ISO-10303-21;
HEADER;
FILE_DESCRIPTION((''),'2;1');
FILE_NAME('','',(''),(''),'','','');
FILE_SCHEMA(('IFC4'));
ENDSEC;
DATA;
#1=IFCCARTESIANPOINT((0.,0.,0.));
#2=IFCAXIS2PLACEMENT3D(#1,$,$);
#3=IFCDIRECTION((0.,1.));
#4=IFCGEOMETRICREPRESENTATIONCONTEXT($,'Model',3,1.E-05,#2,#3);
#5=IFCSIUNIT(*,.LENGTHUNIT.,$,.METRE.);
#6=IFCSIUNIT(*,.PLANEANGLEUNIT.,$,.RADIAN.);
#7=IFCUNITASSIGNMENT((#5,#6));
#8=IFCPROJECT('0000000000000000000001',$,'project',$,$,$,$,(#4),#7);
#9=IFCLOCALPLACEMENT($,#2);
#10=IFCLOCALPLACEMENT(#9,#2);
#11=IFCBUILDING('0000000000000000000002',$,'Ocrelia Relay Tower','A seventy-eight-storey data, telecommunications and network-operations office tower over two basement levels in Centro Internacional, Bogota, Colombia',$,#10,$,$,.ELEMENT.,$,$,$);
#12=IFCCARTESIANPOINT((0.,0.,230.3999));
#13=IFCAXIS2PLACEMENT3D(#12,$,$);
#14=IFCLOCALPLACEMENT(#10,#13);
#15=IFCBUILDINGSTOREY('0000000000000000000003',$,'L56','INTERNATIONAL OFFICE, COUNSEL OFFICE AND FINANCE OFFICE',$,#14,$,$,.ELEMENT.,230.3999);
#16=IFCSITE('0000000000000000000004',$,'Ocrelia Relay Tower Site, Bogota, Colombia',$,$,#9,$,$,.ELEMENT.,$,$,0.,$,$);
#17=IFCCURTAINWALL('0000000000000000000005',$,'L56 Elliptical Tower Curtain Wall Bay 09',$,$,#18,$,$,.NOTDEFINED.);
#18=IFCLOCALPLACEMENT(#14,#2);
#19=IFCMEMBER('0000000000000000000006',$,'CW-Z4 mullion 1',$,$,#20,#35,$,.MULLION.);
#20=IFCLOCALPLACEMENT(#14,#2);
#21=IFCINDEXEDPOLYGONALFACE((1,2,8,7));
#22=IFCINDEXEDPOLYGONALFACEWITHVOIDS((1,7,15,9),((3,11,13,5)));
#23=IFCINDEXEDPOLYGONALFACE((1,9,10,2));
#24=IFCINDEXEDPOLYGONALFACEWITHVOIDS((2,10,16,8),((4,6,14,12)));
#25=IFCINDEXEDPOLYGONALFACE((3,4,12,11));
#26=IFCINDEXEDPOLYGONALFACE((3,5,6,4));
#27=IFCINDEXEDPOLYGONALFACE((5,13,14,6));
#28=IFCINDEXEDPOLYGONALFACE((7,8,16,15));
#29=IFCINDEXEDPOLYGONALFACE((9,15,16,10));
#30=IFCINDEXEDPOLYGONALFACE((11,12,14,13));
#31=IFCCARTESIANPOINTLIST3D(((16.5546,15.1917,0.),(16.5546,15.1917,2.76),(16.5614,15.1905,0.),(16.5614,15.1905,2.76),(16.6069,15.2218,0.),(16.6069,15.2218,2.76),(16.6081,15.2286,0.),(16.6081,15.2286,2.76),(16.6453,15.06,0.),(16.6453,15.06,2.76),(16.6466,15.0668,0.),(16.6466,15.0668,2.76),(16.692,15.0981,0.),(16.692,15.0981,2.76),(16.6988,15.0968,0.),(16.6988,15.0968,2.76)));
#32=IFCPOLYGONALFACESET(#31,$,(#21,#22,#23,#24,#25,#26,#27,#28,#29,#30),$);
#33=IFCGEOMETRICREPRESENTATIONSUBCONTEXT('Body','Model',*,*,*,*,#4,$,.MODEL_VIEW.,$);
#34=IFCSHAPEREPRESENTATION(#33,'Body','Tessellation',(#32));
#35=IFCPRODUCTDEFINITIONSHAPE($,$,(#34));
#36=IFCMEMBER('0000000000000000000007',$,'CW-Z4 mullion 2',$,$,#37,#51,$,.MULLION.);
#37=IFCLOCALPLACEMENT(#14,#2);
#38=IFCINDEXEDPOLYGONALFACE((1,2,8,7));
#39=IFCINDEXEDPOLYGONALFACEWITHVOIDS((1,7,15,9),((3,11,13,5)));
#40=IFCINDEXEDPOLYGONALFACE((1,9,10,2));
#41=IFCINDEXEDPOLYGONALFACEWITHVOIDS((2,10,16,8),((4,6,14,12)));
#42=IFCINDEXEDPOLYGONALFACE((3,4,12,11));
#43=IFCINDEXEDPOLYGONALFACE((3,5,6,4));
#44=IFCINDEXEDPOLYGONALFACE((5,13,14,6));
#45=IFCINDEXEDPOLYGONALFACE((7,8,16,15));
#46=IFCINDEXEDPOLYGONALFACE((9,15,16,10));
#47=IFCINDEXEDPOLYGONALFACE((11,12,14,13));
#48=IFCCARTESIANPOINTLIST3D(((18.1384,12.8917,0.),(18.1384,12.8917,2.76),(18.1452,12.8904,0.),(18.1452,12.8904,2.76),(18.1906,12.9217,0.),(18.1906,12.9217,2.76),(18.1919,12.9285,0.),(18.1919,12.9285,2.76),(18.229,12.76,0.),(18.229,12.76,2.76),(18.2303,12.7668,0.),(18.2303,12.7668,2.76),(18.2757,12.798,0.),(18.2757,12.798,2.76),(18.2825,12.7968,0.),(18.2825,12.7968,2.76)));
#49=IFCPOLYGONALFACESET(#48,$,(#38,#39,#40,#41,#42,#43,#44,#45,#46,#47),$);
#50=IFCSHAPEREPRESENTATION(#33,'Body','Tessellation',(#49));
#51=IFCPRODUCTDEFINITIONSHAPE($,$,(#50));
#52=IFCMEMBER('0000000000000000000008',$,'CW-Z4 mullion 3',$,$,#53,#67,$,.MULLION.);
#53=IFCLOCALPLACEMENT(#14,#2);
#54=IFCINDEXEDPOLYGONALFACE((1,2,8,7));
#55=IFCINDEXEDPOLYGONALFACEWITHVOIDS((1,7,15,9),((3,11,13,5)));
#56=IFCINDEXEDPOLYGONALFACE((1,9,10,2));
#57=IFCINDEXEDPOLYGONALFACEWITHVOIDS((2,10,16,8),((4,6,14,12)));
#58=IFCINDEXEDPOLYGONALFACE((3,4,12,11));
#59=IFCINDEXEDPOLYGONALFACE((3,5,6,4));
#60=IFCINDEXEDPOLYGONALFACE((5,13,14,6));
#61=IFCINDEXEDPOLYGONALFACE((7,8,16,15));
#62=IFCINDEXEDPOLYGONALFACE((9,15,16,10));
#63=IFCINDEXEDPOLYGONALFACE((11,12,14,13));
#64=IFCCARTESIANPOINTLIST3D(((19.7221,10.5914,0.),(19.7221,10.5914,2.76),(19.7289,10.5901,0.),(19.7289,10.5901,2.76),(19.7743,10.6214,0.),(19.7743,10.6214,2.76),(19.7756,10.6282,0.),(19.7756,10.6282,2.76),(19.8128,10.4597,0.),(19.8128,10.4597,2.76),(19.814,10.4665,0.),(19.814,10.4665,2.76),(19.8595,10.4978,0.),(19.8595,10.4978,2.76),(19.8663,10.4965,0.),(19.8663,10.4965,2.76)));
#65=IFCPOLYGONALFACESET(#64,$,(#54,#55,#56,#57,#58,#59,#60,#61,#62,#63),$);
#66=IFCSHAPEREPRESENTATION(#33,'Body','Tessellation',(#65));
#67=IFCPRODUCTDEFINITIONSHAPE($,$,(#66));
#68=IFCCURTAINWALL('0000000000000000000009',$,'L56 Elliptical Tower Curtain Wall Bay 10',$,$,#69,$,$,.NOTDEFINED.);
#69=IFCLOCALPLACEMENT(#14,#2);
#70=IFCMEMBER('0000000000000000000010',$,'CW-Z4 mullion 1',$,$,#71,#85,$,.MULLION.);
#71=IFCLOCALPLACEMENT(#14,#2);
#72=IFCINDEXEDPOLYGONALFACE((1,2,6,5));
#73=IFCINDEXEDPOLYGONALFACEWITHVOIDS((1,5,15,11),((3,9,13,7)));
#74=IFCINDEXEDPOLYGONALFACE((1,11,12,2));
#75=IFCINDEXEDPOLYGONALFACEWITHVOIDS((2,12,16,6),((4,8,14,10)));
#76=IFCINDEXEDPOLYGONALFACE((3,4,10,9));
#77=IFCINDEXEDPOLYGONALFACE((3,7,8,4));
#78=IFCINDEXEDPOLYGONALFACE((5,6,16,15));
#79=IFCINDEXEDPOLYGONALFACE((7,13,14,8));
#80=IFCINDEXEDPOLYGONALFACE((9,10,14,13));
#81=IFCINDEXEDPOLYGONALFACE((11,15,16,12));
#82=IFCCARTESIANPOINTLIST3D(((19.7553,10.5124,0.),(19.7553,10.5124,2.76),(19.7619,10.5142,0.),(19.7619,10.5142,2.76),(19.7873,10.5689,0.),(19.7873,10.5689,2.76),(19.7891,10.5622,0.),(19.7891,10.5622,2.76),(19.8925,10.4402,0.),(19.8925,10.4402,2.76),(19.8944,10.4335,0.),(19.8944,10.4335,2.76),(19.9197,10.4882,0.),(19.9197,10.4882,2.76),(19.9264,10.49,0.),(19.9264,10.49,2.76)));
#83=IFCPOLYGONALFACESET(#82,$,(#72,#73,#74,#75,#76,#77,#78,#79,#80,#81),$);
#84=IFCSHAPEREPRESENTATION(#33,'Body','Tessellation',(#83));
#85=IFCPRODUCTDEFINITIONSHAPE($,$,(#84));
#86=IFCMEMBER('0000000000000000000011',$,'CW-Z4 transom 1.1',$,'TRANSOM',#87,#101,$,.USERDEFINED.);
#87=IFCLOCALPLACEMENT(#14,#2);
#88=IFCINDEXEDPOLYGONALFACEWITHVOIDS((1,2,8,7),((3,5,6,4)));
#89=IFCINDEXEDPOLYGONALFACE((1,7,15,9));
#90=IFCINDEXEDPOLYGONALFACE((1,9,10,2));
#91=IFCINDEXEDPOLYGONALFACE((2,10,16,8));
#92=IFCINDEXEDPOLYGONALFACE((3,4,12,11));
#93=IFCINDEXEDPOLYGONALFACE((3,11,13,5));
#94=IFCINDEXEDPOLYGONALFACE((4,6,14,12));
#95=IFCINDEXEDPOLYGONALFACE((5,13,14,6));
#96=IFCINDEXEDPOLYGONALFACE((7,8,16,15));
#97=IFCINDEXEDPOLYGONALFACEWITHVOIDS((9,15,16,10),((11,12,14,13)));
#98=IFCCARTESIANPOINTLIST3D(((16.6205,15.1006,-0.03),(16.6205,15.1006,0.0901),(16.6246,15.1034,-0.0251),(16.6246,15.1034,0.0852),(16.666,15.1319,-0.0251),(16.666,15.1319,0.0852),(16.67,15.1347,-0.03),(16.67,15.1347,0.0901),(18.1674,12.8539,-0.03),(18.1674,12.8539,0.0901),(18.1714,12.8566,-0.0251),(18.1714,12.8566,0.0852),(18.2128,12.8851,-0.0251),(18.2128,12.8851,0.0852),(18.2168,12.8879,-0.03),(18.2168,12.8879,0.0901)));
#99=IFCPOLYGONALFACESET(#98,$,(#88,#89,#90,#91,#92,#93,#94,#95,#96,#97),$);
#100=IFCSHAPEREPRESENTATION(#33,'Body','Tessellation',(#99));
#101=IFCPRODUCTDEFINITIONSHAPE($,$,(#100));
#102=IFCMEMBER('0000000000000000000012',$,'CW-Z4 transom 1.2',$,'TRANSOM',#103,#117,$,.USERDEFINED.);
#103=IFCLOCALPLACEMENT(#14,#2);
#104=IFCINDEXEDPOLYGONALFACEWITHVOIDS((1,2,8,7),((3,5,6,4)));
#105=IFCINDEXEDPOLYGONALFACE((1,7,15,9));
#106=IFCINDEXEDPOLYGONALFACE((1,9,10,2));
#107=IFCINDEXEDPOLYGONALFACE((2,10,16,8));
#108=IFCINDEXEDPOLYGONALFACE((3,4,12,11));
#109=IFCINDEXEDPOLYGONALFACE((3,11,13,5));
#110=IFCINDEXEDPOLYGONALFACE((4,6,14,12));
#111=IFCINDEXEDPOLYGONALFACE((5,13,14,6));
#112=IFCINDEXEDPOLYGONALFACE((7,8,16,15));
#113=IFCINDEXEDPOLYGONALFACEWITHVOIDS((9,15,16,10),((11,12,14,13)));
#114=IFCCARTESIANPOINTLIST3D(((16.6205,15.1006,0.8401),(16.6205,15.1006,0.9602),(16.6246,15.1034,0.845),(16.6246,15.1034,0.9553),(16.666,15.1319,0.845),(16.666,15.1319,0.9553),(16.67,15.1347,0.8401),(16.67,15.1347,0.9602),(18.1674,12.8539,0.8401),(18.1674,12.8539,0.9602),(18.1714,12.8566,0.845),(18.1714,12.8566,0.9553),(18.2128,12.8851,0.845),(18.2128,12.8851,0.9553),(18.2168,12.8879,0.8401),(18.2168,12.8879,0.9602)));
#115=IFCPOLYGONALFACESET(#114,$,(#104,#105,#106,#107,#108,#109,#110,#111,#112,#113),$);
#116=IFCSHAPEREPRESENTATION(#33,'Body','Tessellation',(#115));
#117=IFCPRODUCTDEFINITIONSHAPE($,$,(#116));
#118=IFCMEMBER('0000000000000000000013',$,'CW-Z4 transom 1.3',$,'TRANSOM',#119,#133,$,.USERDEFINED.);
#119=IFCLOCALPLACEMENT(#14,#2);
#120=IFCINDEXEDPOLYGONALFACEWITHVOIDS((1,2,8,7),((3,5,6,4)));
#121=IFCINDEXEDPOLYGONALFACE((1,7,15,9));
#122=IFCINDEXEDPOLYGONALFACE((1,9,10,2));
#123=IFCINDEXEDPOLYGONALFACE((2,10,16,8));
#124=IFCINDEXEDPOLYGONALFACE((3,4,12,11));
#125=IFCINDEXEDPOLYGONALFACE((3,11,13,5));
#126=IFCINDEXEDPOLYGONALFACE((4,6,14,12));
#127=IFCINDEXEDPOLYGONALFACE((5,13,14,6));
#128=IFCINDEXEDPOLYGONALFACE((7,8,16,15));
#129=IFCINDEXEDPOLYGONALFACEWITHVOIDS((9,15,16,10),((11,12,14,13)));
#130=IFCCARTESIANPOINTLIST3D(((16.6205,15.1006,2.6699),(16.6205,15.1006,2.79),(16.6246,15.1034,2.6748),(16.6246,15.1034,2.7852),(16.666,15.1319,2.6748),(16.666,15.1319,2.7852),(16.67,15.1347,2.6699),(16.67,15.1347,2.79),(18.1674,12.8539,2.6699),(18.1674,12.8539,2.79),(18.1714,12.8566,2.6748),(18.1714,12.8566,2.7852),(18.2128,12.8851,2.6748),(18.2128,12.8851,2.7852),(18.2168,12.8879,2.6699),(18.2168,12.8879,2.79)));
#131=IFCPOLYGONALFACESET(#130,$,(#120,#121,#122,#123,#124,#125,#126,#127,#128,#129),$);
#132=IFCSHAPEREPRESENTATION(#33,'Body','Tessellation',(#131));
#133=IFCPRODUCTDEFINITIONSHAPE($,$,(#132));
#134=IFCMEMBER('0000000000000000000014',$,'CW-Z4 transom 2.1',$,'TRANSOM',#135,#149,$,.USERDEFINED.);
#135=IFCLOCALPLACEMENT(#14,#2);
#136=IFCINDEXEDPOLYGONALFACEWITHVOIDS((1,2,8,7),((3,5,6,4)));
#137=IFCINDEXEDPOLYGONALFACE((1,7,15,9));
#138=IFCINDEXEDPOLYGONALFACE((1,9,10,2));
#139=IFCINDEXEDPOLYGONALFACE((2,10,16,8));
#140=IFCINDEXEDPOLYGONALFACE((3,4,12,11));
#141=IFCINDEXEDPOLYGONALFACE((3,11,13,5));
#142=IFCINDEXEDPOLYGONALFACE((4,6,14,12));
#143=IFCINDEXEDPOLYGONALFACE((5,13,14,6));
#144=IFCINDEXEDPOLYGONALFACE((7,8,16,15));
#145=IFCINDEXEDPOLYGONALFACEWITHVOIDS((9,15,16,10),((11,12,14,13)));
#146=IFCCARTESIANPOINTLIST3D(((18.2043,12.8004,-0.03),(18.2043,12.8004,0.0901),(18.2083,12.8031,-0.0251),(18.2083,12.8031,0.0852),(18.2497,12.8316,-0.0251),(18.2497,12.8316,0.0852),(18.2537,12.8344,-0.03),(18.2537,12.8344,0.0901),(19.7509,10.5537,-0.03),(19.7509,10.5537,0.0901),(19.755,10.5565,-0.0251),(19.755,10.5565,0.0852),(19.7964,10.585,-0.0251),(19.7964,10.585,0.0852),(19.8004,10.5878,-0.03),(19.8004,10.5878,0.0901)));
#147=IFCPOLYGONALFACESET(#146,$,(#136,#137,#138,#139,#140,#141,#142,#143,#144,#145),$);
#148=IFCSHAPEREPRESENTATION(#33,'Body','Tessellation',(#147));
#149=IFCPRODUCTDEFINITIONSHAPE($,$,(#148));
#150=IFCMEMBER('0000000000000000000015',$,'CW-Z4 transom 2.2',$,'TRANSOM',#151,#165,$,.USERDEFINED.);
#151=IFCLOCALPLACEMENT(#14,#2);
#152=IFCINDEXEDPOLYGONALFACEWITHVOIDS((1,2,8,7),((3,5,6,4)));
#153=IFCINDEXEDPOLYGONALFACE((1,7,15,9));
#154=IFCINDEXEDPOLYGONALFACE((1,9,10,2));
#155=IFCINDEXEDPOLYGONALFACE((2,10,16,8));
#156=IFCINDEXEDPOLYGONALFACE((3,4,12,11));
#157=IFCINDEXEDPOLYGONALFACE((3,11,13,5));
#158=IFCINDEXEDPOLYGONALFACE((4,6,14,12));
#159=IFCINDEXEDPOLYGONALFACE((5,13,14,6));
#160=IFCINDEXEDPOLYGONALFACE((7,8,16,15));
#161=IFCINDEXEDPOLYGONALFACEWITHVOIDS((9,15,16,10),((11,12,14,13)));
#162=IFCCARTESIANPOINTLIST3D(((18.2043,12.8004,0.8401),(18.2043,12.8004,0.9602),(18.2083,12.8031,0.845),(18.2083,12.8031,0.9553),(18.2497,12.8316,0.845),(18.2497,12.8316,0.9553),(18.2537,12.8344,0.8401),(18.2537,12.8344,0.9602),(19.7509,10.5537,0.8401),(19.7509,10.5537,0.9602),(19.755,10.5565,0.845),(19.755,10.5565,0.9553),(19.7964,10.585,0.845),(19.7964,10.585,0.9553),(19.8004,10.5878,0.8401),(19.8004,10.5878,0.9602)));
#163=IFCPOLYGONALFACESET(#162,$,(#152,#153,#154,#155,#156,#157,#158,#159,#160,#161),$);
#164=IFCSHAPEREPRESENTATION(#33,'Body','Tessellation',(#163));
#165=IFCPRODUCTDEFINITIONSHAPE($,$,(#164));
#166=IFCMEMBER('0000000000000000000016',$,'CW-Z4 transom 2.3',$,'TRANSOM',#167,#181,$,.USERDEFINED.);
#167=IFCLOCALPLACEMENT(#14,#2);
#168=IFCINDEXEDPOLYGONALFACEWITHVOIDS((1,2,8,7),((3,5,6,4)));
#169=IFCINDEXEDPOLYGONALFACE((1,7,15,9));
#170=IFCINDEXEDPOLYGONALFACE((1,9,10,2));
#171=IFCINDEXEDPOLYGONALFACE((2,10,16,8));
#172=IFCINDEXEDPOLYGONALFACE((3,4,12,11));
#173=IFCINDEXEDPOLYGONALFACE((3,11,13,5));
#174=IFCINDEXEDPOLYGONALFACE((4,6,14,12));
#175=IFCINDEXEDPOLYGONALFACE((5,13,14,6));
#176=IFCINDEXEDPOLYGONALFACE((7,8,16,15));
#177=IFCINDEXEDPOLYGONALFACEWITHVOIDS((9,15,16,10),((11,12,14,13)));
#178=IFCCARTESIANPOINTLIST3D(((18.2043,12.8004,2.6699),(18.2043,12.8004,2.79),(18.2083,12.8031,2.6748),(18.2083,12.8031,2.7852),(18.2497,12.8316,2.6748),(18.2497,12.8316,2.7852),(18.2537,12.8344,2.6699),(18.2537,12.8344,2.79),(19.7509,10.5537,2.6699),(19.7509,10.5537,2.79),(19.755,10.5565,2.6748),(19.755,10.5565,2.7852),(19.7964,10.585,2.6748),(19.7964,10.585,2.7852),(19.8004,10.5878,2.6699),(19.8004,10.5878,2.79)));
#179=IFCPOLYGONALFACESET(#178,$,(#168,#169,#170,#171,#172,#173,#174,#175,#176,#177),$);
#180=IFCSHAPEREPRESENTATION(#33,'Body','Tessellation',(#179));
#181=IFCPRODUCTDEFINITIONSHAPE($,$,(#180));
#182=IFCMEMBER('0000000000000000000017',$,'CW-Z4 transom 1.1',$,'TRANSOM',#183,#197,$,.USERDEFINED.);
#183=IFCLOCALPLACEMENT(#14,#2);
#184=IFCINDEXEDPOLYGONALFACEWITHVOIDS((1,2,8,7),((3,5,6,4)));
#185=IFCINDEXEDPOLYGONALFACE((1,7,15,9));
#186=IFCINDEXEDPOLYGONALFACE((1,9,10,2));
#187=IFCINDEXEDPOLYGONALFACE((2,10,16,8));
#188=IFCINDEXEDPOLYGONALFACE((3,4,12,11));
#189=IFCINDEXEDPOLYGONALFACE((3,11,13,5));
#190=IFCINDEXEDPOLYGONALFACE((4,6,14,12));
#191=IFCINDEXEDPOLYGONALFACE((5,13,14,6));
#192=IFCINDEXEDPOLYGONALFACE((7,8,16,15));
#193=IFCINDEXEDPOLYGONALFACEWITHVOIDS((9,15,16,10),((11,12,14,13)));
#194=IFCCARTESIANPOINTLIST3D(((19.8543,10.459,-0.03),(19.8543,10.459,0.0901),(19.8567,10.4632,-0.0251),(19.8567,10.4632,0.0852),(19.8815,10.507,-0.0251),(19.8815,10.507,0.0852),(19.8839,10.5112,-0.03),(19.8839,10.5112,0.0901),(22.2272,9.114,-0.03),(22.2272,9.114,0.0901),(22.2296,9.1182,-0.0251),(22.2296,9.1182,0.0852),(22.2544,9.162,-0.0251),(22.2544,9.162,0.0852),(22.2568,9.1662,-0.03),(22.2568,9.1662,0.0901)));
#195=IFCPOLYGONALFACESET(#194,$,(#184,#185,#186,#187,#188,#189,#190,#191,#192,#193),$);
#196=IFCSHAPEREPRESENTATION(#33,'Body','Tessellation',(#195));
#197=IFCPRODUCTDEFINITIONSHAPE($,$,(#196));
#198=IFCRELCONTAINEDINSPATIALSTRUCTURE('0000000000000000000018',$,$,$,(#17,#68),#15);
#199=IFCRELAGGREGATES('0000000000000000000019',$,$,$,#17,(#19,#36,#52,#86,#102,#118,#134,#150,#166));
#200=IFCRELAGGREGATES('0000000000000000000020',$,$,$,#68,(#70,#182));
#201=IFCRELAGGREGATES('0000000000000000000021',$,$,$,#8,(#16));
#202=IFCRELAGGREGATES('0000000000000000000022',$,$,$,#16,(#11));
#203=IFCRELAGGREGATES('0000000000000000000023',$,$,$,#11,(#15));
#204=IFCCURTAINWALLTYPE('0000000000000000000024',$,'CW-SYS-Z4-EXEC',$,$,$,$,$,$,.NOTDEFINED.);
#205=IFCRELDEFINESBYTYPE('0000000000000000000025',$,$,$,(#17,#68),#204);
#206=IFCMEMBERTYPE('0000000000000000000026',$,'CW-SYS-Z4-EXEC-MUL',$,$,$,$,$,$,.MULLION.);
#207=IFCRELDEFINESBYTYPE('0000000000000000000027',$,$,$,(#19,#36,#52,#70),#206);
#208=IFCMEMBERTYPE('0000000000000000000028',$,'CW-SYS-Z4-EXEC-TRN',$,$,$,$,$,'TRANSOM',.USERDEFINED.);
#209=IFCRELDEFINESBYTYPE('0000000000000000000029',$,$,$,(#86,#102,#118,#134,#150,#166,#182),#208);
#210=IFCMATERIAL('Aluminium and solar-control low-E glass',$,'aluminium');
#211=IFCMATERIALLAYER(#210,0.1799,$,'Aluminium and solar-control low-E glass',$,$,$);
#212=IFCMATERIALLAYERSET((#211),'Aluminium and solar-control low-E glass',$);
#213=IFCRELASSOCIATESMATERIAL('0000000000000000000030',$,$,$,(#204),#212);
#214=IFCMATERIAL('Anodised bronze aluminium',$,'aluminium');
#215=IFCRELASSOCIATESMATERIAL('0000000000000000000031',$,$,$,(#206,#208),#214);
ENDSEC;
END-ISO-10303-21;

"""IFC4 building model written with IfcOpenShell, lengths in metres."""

from ifc_helpers import new_model, si_unit, direction, frame, origin, origin_2d, place, context, subcontext, project, spatial, hollow_rectangle, extrude, material, layer, layer_set, material_profile, profile_set, type_object, element, aggregate, save


model = new_model("IFC4")

# Units and contexts
model_context = context("Model", 3, precision=1e-05, world=origin(), true_north=direction((0.0, 1.0)))
body_context = subcontext(model_context, "Body", "Model", "MODEL_VIEW")
ifc_project = project(units=[si_unit("LENGTHUNIT", "METRE"), si_unit("PLANEANGLEUNIT", "RADIAN")], contexts=[model_context])

# Site, building, storey
site_placement = place(None, origin())
site = spatial("IfcSite", under=ifc_project, at=site_placement, Name="Ocrelia Relay Tower Site, Bogota, Colombia", CompositionType="ELEMENT", RefElevation=0.0)
building_placement = place(site_placement, origin())
building = spatial("IfcBuilding", under=site, at=building_placement, Name="Ocrelia Relay Tower", Description="A seventy-eight-storey data, telecommunications and network-operations office tower over two basement levels in Centro Internacional, Bogota, Colombia", CompositionType="ELEMENT")
storey_placement = place(building_placement, frame((0.0, 0.0, 230.3999)))
storey = spatial("IfcBuildingStorey", under=building, at=storey_placement, Name="L56", Description="INTERNATIONAL OFFICE, COUNSEL OFFICE AND FINANCE OFFICE", CompositionType="ELEMENT", Elevation=230.3999)

# Curtain wall, members
ifc_material_1 = material(Name="Aluminium and solar-control low-E glass", Category="aluminium")
ifc_layer_1 = layer(ifc_material_1, 0.1799, Name="Aluminium and solar-control low-E glass")
ifc_layer_set_1 = layer_set([ifc_layer_1], Name="Aluminium and solar-control low-E glass")
curtain_wall_type = type_object("IfcCurtainWallType", Name="CW-SYS-Z4-EXEC", PredefinedType="NOTDEFINED", material=ifc_layer_set_1)
curtain_wall_1_placement = place(storey_placement, origin())
curtain_wall_1 = element("IfcCurtainWall", 1, at=curtain_wall_1_placement, inside=storey, type_object=curtain_wall_type, Name="L56 Elliptical Tower Curtain Wall Bay 09", PredefinedType="NOTDEFINED")
ifc_material_2 = material(Name="Anodised bronze aluminium", Category="aluminium")
ifc_material_profile_1 = material_profile(ifc_material_2, hollow_rectangle(XDim=0.0649, YDim=0.1599, WallThickness=0.0049, at=origin_2d()), Name="CW-MUL-160x65")
ifc_profile_set_1 = profile_set([ifc_material_profile_1], Name="Anodised bronze aluminium")
member_type_1 = type_object("IfcMemberType", Name="CW-SYS-Z4-EXEC-MUL", PredefinedType="MULLION", material=ifc_profile_set_1)
member_1_placement = place(storey_placement, frame((16.6267, 15.1443, 0.0), z_axis=(0.0, 0.0, 1.0), x_axis=(0.823658, 0.567087, 0.0)))
member_1 = element("IfcMember", 2, at=member_1_placement, type_object=member_type_1, Name="CW-Z4 mullion 1", PredefinedType="MULLION", context=body_context, shape_type="SweptSolid", body=[
    extrude(hollow_rectangle(XDim=0.0649, YDim=0.1599, WallThickness=0.0049, at=origin_2d()), origin(), (0.0, 0.0, 1.0), 2.76),
])
member_2_placement = place(storey_placement, frame((18.2104, 12.8442, 0.0), z_axis=(0.0, 0.0, 1.0), x_axis=(0.823658, 0.567087, 0.0)))
member_2 = element("IfcMember", 3, at=member_2_placement, type_object=member_type_1, Name="CW-Z4 mullion 2", PredefinedType="MULLION", context=body_context, shape_type="SweptSolid", body=[
    extrude(hollow_rectangle(XDim=0.0649, YDim=0.1599, WallThickness=0.0049, at=origin_2d()), origin(), (0.0, 0.0, 1.0), 2.76),
])
member_3_placement = place(storey_placement, frame((19.7942, 10.5439, 0.0), z_axis=(0.0, 0.0, 1.0), x_axis=(0.823658, 0.567087, 0.0)))
member_3 = element("IfcMember", 4, at=member_3_placement, type_object=member_type_1, Name="CW-Z4 mullion 3", PredefinedType="MULLION", context=body_context, shape_type="SweptSolid", body=[
    extrude(hollow_rectangle(XDim=0.0649, YDim=0.1599, WallThickness=0.0049, at=origin_2d()), origin(), (0.0, 0.0, 1.0), 2.76),
])

# Curtain wall, member
curtain_wall_2_placement = place(storey_placement, origin())
curtain_wall_2 = element("IfcCurtainWall", 5, at=curtain_wall_2_placement, inside=storey, type_object=curtain_wall_type, Name="L56 Elliptical Tower Curtain Wall Bay 10", PredefinedType="NOTDEFINED")
member_4_placement = place(storey_placement, frame((19.8408, 10.5012, 0.0), z_axis=(0.0, 0.0, 1.0), x_axis=(0.493147, 0.869946, 0.0)))
member_4 = element("IfcMember", 6, at=member_4_placement, type_object=member_type_1, Name="CW-Z4 mullion 1", PredefinedType="MULLION", context=body_context, shape_type="SweptSolid", body=[
    extrude(hollow_rectangle(XDim=0.0649, YDim=0.1599, WallThickness=0.0049, at=origin_2d()), origin(), (0.0, 0.0, 1.0), 2.76),
])

# Members
ifc_material_profile_2 = material_profile(ifc_material_2, hollow_rectangle(XDim=0.0601, YDim=0.1201, WallThickness=0.0049, at=origin_2d()), Name="CW-TRN-120x60")
ifc_profile_set_2 = profile_set([ifc_material_profile_2], Name="Anodised bronze aluminium")
member_type_2 = type_object("IfcMemberType", Name="CW-SYS-Z4-EXEC-TRN", ElementType="TRANSOM", PredefinedType="USERDEFINED", material=ifc_profile_set_2)
member_5_placement = place(storey_placement, frame((16.6453, 15.1177, 0.03), z_axis=(0.567072, -0.823668, 0.0), x_axis=(0.823668, 0.567072, 0.0)))
member_5 = element("IfcMember", 7, at=member_5_placement, type_object=member_type_2, Name="CW-Z4 transom 1.1", ObjectType="TRANSOM", PredefinedType="USERDEFINED", context=body_context, shape_type="SweptSolid", body=[
    extrude(hollow_rectangle(XDim=0.0601, YDim=0.1201, WallThickness=0.0049, at=origin_2d()), origin(), (0.0, 0.0, 1.0), 2.7278),
])
member_6_placement = place(storey_placement, frame((16.6453, 15.1177, 0.9001), z_axis=(0.567072, -0.823668, 0.0), x_axis=(0.823668, 0.567072, 0.0)))
member_6 = element("IfcMember", 8, at=member_6_placement, type_object=member_type_2, Name="CW-Z4 transom 1.2", ObjectType="TRANSOM", PredefinedType="USERDEFINED", context=body_context, shape_type="SweptSolid", body=[
    extrude(hollow_rectangle(XDim=0.0601, YDim=0.1201, WallThickness=0.0049, at=origin_2d()), origin(), (0.0, 0.0, 1.0), 2.7278),
])
member_7_placement = place(storey_placement, frame((16.6453, 15.1177, 2.73), z_axis=(0.567072, -0.823668, 0.0), x_axis=(0.823668, 0.567072, 0.0)))
member_7 = element("IfcMember", 9, at=member_7_placement, type_object=member_type_2, Name="CW-Z4 transom 1.3", ObjectType="TRANSOM", PredefinedType="USERDEFINED", context=body_context, shape_type="SweptSolid", body=[
    extrude(hollow_rectangle(XDim=0.0601, YDim=0.1201, WallThickness=0.0049, at=origin_2d()), origin(), (0.0, 0.0, 1.0), 2.7278),
])
member_8_placement = place(storey_placement, frame((18.229, 12.8174, 0.03), z_axis=(0.567053, -0.823681, 0.0), x_axis=(0.823681, 0.567053, 0.0)))
member_8 = element("IfcMember", 10, at=member_8_placement, type_object=member_type_2, Name="CW-Z4 transom 2.1", ObjectType="TRANSOM", PredefinedType="USERDEFINED", context=body_context, shape_type="SweptSolid", body=[
    extrude(hollow_rectangle(XDim=0.0601, YDim=0.1201, WallThickness=0.0049, at=origin_2d()), origin(), (0.0, 0.0, 1.0), 2.7275),
])
member_9_placement = place(storey_placement, frame((18.229, 12.8174, 0.9001), z_axis=(0.567053, -0.823681, 0.0), x_axis=(0.823681, 0.567053, 0.0)))
member_9 = element("IfcMember", 11, at=member_9_placement, type_object=member_type_2, Name="CW-Z4 transom 2.2", ObjectType="TRANSOM", PredefinedType="USERDEFINED", context=body_context, shape_type="SweptSolid", body=[
    extrude(hollow_rectangle(XDim=0.0601, YDim=0.1201, WallThickness=0.0049, at=origin_2d()), origin(), (0.0, 0.0, 1.0), 2.7275),
])
member_10_placement = place(storey_placement, frame((18.229, 12.8174, 2.73), z_axis=(0.567053, -0.823681, 0.0), x_axis=(0.823681, 0.567053, 0.0)))
member_10 = element("IfcMember", 12, at=member_10_placement, type_object=member_type_2, Name="CW-Z4 transom 2.3", ObjectType="TRANSOM", PredefinedType="USERDEFINED", context=body_context, shape_type="SweptSolid", body=[
    extrude(hollow_rectangle(XDim=0.0601, YDim=0.1201, WallThickness=0.0049, at=origin_2d()), origin(), (0.0, 0.0, 1.0), 2.7275),
])
member_11_placement = place(storey_placement, frame((19.8691, 10.4851, 0.03), z_axis=(0.869962, -0.493119, 0.0), x_axis=(0.493119, 0.869962, 0.0)))
member_11 = element("IfcMember", 13, at=member_11_placement, type_object=member_type_2, Name="CW-Z4 transom 1.1", ObjectType="TRANSOM", PredefinedType="USERDEFINED", context=body_context, shape_type="SweptSolid", body=[
    extrude(hollow_rectangle(XDim=0.0601, YDim=0.1201, WallThickness=0.0049, at=origin_2d()), origin(), (0.0, 0.0, 1.0), 2.7275),
])

aggregate(curtain_wall_1, [member_1, member_2, member_3, member_5, member_6, member_7, member_8, member_9, member_10])
aggregate(curtain_wall_2, [member_4, member_11])

save(model, "model.ifc")
